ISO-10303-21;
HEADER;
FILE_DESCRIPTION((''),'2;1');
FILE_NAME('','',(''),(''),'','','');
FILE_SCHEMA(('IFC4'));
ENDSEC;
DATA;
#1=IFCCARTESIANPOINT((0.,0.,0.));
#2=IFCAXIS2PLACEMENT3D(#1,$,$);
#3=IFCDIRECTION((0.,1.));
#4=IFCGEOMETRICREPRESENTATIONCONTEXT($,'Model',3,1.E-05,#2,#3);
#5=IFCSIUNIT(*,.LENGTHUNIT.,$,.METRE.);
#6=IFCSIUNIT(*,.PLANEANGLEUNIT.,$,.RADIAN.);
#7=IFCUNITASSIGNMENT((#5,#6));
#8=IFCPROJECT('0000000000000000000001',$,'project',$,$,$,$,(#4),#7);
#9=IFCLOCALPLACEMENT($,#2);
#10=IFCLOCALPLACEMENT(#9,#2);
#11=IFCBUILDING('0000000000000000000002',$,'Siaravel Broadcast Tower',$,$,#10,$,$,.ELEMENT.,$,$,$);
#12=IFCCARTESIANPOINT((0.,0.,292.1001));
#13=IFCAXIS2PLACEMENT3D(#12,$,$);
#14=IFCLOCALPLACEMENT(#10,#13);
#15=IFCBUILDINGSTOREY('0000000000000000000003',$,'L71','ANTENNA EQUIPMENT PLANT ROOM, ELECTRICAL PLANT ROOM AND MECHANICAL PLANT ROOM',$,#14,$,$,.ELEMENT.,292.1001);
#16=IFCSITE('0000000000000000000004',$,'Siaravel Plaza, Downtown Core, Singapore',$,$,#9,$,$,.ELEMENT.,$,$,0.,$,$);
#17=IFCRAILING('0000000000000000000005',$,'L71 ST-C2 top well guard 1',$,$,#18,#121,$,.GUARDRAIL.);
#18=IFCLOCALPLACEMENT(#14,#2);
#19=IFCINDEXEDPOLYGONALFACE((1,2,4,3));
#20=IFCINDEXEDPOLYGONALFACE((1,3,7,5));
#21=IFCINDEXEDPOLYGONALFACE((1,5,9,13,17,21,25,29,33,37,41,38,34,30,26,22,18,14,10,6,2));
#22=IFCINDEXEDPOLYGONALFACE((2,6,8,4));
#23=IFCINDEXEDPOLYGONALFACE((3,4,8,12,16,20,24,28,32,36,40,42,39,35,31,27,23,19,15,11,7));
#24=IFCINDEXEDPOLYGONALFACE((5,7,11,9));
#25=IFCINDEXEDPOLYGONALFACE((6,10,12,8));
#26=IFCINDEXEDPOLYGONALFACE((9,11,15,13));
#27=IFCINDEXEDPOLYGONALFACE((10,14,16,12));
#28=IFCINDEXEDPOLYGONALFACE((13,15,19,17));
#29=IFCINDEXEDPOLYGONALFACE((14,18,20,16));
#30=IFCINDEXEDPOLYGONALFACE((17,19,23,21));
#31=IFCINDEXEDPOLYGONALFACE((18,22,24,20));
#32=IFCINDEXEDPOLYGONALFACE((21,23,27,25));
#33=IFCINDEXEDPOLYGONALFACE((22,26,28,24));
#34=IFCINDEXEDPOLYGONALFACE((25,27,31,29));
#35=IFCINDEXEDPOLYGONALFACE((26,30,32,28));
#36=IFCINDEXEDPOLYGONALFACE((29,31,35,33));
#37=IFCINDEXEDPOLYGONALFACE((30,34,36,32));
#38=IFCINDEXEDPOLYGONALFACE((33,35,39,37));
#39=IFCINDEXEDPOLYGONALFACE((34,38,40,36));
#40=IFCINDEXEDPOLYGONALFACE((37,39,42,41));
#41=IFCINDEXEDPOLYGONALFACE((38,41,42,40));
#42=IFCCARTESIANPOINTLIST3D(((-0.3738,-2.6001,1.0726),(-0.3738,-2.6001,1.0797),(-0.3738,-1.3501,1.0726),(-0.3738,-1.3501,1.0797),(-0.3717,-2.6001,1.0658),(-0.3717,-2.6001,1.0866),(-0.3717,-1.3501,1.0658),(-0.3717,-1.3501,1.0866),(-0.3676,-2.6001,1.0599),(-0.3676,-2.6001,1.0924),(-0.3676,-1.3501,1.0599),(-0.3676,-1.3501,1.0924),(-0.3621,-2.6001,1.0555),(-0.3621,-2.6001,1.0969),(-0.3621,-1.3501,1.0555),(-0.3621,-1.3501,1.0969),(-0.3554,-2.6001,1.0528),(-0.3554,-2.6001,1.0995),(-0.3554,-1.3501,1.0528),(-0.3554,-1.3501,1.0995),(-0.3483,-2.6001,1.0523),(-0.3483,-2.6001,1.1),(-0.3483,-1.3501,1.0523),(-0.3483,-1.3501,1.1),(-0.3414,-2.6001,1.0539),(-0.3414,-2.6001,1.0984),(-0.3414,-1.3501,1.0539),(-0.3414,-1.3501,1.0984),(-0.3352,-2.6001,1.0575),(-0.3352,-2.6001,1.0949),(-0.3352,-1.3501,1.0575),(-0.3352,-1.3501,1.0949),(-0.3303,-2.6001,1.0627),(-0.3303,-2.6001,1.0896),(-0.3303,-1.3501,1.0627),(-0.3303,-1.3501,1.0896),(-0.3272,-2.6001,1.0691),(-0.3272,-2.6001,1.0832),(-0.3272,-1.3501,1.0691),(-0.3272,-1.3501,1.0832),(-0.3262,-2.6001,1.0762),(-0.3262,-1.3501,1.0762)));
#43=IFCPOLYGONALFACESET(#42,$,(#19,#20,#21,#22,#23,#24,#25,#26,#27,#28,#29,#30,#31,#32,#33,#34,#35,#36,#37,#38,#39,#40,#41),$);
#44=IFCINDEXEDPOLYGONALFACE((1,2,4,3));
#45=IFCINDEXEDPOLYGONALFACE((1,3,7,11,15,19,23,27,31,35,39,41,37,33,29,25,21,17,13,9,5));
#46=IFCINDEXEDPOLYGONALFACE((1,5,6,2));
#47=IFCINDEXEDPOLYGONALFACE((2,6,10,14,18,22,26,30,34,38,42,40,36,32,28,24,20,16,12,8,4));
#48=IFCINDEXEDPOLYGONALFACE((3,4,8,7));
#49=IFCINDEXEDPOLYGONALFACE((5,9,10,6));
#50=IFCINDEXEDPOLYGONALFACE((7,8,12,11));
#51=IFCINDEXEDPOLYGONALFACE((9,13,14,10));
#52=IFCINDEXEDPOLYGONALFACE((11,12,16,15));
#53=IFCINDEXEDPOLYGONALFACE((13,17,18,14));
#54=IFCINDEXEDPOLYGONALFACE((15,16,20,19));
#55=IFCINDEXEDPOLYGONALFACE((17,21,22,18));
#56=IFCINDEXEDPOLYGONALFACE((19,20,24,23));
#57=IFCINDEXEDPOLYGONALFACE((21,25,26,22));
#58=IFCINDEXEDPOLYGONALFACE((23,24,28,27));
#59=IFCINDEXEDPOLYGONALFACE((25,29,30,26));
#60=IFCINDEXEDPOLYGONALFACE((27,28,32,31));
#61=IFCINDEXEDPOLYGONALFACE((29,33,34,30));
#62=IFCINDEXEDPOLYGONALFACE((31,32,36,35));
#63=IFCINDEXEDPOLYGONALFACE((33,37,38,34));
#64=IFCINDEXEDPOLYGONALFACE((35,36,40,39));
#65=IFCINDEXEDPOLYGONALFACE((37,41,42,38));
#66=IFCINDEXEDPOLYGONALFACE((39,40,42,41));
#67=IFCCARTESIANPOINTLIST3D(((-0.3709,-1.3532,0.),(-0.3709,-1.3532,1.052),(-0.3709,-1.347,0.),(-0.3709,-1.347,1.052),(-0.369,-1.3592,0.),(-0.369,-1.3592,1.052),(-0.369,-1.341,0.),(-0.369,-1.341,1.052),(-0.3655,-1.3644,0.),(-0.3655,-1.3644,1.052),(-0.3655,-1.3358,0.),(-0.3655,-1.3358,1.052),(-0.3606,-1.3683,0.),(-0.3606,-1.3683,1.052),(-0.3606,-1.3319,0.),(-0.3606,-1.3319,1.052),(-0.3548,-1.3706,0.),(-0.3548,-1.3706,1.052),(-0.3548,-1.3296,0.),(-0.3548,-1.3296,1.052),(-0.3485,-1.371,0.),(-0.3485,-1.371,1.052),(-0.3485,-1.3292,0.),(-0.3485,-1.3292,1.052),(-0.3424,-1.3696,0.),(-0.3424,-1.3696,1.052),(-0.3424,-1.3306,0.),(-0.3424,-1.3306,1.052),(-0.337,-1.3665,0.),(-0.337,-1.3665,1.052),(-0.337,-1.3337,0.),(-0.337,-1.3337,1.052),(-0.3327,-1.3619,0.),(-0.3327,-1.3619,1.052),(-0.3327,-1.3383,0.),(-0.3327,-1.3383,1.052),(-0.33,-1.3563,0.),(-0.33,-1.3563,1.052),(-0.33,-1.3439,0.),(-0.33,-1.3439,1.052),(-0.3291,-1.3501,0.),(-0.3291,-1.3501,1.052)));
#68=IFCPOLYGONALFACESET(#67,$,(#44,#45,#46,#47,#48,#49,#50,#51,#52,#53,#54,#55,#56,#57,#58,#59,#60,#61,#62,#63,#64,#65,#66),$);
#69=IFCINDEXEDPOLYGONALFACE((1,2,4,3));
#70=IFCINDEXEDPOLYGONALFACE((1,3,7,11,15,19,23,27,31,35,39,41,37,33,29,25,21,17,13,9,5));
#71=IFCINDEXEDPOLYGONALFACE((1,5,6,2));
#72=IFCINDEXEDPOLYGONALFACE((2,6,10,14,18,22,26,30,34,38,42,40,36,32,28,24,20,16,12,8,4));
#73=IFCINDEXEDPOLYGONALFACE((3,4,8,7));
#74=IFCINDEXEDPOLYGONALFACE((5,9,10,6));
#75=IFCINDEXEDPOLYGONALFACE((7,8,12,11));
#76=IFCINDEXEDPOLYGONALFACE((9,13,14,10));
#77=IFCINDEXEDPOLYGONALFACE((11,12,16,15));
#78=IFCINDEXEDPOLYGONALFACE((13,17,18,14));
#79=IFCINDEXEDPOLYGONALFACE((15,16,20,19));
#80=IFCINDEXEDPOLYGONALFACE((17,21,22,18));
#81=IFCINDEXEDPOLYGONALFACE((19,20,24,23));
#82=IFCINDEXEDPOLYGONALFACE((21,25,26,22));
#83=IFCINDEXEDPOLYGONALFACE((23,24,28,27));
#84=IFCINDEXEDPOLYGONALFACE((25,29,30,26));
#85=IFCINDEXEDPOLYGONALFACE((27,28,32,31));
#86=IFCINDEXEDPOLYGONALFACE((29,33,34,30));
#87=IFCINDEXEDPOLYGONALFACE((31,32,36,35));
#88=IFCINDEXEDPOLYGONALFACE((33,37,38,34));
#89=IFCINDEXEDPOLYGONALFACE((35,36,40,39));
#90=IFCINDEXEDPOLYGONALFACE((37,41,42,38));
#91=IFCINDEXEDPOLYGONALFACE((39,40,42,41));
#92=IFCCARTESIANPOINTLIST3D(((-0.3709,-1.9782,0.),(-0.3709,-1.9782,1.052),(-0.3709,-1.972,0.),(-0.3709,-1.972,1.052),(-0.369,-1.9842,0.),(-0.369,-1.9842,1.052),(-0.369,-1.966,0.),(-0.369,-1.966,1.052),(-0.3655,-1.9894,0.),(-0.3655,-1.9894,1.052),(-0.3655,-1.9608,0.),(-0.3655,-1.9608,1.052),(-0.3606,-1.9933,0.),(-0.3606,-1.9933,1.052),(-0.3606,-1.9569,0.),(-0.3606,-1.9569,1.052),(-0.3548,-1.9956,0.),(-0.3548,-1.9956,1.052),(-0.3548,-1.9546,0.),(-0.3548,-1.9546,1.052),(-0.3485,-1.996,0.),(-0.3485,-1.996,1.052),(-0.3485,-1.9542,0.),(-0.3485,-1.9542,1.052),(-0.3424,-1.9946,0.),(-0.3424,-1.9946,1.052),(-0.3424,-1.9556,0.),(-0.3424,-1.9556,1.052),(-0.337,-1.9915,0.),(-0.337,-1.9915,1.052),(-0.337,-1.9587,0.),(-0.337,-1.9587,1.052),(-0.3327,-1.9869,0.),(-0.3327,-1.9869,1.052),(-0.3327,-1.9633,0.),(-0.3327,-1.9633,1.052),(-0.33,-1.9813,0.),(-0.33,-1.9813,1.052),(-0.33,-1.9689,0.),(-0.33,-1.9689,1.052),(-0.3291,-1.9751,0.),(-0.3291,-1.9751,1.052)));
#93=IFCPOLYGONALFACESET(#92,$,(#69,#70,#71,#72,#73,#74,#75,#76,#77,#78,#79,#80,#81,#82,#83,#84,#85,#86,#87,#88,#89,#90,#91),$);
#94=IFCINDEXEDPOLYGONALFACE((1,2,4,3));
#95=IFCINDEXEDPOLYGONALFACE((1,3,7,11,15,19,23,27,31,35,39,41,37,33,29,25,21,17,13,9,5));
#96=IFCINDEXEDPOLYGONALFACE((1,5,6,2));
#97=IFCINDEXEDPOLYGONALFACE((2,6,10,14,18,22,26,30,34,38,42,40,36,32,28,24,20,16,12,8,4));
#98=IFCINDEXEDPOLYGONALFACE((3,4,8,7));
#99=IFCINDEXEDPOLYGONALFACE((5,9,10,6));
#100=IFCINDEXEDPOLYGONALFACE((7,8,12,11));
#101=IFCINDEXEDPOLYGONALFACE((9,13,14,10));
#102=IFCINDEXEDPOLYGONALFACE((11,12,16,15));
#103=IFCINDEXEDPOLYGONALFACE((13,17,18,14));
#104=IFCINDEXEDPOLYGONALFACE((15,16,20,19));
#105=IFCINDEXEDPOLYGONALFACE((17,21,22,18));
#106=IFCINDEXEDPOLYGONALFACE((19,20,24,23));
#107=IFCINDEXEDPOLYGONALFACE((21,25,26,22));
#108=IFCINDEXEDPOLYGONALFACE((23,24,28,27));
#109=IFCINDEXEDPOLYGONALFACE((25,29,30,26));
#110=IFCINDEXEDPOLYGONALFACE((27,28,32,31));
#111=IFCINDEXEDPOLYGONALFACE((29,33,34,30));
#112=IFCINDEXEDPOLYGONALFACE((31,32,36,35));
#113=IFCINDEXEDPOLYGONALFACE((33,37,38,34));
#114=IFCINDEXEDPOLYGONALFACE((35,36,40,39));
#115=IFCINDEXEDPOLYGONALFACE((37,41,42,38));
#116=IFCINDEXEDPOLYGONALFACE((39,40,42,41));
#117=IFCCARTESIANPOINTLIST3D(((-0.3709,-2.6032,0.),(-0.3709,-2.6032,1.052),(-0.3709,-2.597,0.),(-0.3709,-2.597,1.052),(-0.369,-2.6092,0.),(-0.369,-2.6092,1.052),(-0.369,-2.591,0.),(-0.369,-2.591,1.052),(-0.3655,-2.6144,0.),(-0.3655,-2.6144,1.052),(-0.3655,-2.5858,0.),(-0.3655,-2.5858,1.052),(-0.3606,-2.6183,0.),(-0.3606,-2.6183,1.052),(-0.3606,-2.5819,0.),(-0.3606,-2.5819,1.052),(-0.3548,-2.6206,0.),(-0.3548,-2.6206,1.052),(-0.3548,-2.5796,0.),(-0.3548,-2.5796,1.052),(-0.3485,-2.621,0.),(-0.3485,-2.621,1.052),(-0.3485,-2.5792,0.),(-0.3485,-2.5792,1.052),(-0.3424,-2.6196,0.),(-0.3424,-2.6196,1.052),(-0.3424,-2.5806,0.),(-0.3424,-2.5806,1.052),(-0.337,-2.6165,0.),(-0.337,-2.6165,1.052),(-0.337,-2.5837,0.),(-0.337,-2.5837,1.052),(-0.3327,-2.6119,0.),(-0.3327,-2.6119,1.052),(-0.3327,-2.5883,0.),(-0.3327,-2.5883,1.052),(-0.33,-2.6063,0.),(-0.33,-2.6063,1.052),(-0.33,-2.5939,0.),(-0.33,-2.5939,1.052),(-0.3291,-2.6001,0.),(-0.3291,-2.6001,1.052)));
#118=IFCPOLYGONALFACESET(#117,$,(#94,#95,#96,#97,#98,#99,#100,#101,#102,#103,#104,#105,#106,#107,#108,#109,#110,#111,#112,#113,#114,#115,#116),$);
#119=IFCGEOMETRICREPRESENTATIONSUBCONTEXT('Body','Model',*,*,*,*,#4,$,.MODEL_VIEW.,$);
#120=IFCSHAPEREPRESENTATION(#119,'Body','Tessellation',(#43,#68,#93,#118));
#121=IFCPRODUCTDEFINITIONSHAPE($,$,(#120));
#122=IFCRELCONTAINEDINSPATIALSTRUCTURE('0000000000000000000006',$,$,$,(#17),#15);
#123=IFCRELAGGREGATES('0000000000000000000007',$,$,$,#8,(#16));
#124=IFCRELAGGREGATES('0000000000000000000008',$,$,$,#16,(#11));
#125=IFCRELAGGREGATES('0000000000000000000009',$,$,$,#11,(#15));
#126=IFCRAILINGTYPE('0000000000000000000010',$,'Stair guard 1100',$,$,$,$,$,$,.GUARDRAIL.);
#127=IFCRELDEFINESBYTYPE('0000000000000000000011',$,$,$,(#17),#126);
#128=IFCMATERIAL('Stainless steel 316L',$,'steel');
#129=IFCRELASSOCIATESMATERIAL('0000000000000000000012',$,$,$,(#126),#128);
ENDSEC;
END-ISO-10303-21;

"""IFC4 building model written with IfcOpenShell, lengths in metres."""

from ifc_helpers import new_model, si_unit, direction, frame, origin, origin_2d, place, context, subcontext, project, spatial, circle, extrude, material, type_object, element, save


model = new_model("IFC4")

# Units and contexts
model_context = context("Model", 3, precision=1e-05, world=origin(), true_north=direction((0.0, 1.0)))
body_context = subcontext(model_context, "Body", "Model", "MODEL_VIEW")
ifc_project = project(units=[si_unit("LENGTHUNIT", "METRE"), si_unit("PLANEANGLEUNIT", "RADIAN")], contexts=[model_context])

# Site, building, storey
site_placement = place(None, origin())
site = spatial("IfcSite", under=ifc_project, at=site_placement, Name="Siaravel Plaza, Downtown Core, Singapore", CompositionType="ELEMENT", RefElevation=0.0)
building_placement = place(site_placement, origin())
building = spatial("IfcBuilding", under=site, at=building_placement, Name="Siaravel Broadcast Tower", CompositionType="ELEMENT")
storey_placement = place(building_placement, frame((0.0, 0.0, 292.1001)))
storey = spatial("IfcBuildingStorey", under=building, at=storey_placement, Name="L71", Description="ANTENNA EQUIPMENT PLANT ROOM, ELECTRICAL PLANT ROOM AND MECHANICAL PLANT ROOM", CompositionType="ELEMENT", Elevation=292.1001)

# Shared definitions
ifc_material_1 = material(Name="Stainless steel 316L", Category="steel")

# Railing
railing_type = type_object("IfcRailingType", Name="Stair guard 1100", PredefinedType="GUARDRAIL", material=ifc_material_1)
railing_placement = place(storey_placement, frame((-0.3501, -1.3501, 0.0)))
element("IfcRailing", 1, at=railing_placement, inside=storey, type_object=railing_type, Name="L71 ST-C2 top well guard 1", PredefinedType="GUARDRAIL", context=body_context, shape_type="SweptSolid", body=[
    extrude(circle(Radius=0.0239, at=origin_2d()), frame((0.0, 0.0, 1.0762), z_axis=(0.0, -1.0, 0.0), x_axis=(1.0, 0.0, 0.0)), (0.0, 0.0, 1.0), 1.25),
    extrude(circle(Radius=0.021, at=origin_2d()), origin(), (0.0, 0.0, 1.0), 1.052),
    extrude(circle(Radius=0.021, at=origin_2d()), frame((0.0, -0.625, 0.0)), (0.0, 0.0, 1.0), 1.052),
    extrude(circle(Radius=0.021, at=origin_2d()), frame((0.0, -1.25, 0.0)), (0.0, 0.0, 1.0), 1.052),
])

save(model, "model.ifc")
